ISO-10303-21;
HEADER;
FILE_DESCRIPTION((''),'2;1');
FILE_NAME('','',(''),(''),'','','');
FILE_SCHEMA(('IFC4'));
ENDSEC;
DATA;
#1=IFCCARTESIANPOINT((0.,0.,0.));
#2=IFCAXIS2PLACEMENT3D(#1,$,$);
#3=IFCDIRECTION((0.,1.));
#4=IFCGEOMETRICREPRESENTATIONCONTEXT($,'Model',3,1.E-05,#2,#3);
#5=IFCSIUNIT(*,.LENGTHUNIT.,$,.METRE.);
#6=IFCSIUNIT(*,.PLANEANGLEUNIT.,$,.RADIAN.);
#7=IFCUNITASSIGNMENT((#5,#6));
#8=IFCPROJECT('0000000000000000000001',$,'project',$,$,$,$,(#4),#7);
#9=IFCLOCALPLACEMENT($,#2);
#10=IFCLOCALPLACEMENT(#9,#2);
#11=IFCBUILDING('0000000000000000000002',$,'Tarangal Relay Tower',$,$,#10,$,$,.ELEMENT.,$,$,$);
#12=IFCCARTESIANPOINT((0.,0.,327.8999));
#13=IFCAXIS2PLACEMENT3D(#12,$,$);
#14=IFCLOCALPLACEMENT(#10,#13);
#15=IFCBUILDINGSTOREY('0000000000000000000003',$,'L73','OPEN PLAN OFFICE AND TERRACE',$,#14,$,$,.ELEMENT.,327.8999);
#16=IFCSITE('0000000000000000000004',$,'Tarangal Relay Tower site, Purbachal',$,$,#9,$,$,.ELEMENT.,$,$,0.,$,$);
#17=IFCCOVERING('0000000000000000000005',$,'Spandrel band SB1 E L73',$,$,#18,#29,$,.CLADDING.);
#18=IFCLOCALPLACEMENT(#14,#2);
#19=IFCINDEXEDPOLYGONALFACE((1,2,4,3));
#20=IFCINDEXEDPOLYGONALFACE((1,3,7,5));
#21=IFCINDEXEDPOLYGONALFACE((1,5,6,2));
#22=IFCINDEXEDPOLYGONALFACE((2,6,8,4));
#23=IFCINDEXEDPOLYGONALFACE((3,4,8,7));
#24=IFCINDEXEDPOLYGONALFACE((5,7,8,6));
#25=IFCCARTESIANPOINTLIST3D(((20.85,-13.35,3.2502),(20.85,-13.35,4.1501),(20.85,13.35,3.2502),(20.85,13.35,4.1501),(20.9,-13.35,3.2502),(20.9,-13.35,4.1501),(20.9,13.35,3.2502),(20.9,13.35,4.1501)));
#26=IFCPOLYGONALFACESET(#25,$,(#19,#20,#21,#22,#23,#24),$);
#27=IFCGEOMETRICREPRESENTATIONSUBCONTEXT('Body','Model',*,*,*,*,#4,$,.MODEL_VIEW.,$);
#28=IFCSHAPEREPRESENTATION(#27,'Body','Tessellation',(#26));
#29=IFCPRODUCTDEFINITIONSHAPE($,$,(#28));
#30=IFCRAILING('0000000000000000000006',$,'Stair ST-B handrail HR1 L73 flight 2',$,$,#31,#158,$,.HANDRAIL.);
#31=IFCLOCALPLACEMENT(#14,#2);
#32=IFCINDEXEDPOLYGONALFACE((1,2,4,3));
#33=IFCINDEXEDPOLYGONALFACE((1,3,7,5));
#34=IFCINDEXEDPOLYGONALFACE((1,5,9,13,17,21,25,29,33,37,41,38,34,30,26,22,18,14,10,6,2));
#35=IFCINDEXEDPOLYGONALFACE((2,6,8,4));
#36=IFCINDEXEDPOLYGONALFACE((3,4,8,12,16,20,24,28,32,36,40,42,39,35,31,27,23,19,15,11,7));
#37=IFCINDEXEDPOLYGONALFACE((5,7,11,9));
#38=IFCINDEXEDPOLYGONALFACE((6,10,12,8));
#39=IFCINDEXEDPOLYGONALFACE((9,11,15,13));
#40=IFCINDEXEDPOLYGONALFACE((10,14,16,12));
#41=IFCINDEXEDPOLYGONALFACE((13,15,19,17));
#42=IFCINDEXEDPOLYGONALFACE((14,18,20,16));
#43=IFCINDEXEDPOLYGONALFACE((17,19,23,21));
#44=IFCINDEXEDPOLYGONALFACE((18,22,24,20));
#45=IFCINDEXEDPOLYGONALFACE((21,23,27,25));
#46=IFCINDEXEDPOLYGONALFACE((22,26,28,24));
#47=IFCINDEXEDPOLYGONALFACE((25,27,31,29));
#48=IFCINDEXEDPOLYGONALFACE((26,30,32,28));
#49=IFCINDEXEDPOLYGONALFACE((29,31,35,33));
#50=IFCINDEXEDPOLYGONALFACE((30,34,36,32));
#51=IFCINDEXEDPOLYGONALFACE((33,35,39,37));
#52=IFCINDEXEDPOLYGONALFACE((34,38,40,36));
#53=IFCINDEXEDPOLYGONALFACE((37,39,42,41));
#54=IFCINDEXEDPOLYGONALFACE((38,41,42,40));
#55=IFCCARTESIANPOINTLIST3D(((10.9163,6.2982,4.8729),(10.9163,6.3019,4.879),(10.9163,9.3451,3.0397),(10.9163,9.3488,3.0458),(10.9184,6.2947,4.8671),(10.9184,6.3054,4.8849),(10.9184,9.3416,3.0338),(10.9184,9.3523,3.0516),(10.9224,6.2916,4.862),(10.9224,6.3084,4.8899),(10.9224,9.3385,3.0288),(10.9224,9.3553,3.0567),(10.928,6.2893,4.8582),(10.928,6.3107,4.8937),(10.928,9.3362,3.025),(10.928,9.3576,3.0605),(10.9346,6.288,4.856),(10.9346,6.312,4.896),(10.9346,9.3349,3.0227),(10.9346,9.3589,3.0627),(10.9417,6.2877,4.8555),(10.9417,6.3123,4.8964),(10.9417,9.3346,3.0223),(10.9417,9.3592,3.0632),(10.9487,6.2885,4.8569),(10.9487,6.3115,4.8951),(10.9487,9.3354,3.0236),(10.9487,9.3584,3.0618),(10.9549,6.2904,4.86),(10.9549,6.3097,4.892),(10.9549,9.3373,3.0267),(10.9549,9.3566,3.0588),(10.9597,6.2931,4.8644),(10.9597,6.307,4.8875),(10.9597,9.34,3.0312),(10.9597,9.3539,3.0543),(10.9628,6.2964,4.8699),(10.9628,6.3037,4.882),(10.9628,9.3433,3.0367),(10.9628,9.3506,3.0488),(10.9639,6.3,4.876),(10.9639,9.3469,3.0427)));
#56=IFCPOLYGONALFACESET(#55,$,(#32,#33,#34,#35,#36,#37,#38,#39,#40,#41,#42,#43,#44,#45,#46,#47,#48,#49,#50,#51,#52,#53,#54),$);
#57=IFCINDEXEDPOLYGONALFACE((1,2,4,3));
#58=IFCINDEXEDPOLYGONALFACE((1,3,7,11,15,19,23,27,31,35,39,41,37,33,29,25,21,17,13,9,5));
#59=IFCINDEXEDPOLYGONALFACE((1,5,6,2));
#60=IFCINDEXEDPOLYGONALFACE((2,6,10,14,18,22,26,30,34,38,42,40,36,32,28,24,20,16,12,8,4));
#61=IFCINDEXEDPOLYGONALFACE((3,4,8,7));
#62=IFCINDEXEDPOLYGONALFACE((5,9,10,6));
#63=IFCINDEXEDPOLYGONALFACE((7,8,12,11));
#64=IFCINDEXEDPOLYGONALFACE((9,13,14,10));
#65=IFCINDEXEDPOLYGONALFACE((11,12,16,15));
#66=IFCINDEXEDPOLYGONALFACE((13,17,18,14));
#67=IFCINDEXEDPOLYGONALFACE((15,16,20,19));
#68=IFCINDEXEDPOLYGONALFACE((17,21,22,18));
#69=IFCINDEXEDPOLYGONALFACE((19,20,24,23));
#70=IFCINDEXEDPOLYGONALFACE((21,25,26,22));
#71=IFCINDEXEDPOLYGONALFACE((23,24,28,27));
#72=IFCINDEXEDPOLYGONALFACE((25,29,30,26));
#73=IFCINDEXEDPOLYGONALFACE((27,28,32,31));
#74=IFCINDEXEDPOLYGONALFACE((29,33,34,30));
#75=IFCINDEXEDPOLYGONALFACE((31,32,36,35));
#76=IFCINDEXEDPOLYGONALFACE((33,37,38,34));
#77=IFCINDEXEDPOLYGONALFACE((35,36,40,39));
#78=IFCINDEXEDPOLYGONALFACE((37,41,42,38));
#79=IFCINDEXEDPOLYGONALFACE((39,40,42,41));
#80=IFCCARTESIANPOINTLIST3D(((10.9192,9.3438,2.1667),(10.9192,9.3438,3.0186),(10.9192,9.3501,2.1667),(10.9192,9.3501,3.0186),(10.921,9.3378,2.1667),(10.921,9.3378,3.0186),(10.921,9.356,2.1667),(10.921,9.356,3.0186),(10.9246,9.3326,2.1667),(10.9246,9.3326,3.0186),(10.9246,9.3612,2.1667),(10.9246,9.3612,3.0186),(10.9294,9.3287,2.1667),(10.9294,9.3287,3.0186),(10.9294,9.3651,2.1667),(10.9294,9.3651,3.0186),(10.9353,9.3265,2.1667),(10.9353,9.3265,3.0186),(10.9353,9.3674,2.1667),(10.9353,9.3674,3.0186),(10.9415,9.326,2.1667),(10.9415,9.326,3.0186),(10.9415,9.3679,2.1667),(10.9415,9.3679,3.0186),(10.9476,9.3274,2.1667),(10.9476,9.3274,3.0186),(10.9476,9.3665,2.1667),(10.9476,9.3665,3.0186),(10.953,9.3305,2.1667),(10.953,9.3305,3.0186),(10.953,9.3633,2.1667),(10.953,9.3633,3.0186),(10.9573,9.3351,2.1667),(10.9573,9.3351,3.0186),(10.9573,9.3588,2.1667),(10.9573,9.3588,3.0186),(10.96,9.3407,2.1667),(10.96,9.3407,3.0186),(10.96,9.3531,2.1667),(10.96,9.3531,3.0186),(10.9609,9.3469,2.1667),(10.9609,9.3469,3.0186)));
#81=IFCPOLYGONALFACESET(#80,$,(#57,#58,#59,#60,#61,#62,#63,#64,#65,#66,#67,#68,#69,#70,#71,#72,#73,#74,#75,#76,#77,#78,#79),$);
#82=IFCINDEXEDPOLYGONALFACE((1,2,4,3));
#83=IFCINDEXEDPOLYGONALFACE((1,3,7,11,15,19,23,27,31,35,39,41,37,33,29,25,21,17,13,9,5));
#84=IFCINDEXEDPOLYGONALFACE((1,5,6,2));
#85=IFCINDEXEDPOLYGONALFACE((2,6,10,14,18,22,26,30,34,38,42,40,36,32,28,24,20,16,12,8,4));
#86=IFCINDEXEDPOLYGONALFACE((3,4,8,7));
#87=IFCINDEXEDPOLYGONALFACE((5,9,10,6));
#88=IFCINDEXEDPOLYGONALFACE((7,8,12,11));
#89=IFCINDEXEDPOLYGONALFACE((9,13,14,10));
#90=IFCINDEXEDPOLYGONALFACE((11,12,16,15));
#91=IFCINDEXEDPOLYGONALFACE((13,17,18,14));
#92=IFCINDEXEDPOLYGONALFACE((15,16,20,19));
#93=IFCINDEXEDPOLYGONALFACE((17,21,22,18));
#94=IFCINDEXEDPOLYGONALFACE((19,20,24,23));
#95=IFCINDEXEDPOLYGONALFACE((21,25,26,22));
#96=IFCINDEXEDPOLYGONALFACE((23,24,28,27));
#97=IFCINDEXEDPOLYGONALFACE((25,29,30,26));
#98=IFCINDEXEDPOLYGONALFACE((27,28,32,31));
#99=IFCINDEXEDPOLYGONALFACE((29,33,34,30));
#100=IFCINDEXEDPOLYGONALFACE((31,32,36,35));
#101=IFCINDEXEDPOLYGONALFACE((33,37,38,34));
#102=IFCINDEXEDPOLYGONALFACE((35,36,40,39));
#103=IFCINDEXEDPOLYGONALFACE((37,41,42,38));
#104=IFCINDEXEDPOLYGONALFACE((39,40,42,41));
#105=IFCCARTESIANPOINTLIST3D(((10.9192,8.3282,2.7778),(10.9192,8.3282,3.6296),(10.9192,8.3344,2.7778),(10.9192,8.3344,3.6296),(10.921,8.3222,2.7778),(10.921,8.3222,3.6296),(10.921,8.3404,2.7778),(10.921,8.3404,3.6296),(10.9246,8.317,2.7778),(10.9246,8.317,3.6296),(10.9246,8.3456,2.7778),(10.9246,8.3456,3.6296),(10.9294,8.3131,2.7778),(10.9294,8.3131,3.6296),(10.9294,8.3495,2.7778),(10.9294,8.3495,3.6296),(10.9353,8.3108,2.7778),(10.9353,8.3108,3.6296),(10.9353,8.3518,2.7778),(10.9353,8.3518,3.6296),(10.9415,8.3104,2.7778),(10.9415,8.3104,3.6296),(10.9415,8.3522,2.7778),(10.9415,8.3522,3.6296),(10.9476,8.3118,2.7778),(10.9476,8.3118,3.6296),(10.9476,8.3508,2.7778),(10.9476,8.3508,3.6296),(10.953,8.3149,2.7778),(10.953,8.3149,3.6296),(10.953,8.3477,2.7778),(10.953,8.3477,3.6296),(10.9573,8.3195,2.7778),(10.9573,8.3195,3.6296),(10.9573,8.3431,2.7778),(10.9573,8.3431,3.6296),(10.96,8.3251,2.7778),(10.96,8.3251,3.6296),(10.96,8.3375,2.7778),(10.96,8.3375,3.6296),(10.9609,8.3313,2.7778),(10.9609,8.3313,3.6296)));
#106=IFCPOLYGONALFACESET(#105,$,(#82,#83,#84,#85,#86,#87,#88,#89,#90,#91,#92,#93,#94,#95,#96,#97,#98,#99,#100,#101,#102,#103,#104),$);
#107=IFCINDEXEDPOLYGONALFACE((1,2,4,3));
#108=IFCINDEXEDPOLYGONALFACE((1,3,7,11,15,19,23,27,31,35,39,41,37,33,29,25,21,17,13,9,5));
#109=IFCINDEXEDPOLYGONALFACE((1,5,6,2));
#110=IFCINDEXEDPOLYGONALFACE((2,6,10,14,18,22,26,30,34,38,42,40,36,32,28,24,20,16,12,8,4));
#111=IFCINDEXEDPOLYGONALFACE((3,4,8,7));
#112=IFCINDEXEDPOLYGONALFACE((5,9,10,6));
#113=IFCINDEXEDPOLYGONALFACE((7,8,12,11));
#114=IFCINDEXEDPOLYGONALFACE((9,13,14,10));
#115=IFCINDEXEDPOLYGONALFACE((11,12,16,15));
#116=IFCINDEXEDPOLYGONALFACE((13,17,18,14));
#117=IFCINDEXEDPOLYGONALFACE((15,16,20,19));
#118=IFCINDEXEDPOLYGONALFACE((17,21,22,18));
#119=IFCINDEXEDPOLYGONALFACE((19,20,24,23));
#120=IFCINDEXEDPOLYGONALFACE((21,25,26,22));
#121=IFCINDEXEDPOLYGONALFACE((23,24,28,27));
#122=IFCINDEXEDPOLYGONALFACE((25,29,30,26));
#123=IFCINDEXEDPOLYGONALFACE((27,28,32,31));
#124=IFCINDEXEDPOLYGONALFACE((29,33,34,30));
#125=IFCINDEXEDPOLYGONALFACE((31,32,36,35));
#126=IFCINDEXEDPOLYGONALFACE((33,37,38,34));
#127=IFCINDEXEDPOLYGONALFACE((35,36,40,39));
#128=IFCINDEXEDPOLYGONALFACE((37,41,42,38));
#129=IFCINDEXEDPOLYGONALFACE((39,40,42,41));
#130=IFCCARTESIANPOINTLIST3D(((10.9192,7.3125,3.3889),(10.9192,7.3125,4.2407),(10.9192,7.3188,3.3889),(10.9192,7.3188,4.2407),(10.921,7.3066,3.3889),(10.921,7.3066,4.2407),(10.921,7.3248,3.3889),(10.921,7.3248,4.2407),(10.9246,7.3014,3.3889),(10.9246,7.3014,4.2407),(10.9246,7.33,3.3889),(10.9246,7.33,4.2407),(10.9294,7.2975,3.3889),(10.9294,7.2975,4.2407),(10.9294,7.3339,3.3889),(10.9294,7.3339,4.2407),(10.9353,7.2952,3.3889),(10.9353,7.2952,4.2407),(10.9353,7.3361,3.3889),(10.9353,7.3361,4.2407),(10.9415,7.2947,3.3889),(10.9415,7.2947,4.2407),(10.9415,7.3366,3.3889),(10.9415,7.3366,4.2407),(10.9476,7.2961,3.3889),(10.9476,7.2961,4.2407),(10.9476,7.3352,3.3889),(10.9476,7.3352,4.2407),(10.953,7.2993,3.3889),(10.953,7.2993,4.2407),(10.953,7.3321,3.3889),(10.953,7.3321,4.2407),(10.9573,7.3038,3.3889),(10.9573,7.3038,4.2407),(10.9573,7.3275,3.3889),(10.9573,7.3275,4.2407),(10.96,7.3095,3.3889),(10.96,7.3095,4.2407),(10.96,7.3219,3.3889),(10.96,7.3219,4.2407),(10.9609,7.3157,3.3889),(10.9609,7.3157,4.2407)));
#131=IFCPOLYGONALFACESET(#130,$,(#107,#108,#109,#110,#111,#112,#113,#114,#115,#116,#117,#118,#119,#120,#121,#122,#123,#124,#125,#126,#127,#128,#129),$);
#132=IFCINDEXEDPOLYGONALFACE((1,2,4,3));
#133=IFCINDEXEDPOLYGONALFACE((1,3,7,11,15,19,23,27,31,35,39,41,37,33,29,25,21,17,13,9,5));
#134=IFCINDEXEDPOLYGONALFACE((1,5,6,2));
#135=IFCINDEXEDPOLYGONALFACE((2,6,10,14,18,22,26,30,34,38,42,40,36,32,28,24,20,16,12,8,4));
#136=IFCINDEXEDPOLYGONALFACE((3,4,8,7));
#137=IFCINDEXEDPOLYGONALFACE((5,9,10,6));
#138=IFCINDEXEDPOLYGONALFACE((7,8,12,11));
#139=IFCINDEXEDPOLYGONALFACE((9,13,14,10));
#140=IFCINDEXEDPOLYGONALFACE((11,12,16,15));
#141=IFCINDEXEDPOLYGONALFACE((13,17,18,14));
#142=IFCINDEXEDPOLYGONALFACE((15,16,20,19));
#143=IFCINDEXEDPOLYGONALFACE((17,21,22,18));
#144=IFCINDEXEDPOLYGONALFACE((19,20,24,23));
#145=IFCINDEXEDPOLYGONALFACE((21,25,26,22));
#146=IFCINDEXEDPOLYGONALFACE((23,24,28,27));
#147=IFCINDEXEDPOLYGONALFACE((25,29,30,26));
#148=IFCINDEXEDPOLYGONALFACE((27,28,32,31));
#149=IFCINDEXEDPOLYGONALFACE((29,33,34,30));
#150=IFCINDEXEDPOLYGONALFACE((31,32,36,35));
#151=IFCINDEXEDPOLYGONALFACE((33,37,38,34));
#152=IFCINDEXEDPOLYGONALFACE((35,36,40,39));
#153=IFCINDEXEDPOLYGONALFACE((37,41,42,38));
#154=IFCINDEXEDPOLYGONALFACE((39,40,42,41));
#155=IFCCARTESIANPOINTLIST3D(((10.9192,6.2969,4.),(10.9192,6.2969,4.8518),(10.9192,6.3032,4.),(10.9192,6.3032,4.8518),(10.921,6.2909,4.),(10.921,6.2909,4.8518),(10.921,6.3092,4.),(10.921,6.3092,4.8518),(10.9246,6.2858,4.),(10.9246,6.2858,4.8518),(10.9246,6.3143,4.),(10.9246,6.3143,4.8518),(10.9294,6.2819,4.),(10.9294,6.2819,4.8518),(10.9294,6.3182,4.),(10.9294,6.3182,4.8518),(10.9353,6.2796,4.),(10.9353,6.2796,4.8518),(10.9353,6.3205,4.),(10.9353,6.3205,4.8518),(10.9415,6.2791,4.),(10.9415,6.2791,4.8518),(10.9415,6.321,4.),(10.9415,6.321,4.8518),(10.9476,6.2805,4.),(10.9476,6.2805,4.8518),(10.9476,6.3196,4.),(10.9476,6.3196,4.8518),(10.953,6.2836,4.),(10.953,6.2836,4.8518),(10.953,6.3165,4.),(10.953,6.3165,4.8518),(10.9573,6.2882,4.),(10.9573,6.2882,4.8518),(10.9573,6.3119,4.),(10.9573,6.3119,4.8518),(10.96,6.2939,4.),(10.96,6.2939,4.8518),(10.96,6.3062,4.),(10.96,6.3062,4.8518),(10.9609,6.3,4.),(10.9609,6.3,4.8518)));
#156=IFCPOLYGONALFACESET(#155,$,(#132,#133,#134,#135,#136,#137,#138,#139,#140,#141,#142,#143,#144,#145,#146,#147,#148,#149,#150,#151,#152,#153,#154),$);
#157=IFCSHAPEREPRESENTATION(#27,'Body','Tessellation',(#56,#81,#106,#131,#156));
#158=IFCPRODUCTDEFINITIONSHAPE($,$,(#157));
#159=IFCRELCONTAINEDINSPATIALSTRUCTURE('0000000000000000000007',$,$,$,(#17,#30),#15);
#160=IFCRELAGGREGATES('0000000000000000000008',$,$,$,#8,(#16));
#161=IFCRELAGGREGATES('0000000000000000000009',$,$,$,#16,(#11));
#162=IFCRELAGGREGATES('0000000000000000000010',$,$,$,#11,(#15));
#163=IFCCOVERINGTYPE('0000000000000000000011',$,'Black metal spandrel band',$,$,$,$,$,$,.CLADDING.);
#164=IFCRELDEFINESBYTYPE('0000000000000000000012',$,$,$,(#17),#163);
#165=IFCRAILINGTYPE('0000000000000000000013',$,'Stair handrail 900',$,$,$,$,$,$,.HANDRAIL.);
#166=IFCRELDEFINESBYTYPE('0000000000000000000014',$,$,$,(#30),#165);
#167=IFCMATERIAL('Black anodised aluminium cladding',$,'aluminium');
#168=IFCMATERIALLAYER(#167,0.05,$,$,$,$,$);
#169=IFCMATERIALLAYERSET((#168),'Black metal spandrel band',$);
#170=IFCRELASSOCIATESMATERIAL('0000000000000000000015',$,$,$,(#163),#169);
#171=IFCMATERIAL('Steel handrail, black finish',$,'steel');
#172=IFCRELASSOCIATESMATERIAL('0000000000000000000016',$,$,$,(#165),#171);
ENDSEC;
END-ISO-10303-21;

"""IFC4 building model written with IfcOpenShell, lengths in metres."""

from ifc_helpers import new_model, si_unit, direction, frame, origin, origin_2d, place, context, subcontext, project, spatial, rectangle, circle, extrude, material, layer, layer_set, type_object, element, save


model = new_model("IFC4")

# Units and contexts
model_context = context("Model", 3, precision=1e-05, world=origin(), true_north=direction((0.0, 1.0)))
body_context = subcontext(model_context, "Body", "Model", "MODEL_VIEW")
ifc_project = project(units=[si_unit("LENGTHUNIT", "METRE"), si_unit("PLANEANGLEUNIT", "RADIAN")], contexts=[model_context])

# Site, building, storey
site_placement = place(None, origin())
site = spatial("IfcSite", under=ifc_project, at=site_placement, Name="Tarangal Relay Tower site, Purbachal", CompositionType="ELEMENT", RefElevation=0.0)
building_placement = place(site_placement, origin())
building = spatial("IfcBuilding", under=site, at=building_placement, Name="Tarangal Relay Tower", CompositionType="ELEMENT")
storey_placement = place(building_placement, frame((0.0, 0.0, 327.8999)))
storey = spatial("IfcBuildingStorey", under=building, at=storey_placement, Name="L73", Description="OPEN PLAN OFFICE AND TERRACE", CompositionType="ELEMENT", Elevation=327.8999)

# Covering
ifc_material_1 = material(Name="Black anodised aluminium cladding", Category="aluminium")
ifc_layer_1 = layer(ifc_material_1, 0.05)
ifc_layer_set_1 = layer_set([ifc_layer_1], Name="Black metal spandrel band")
covering_type = type_object("IfcCoveringType", Name="Black metal spandrel band", PredefinedType="CLADDING", material=ifc_layer_set_1)
covering_placement = place(storey_placement, frame((20.875, 0.0, 3.2502), z_axis=(0.0, 0.0, 1.0), x_axis=(0.0, -1.0, 0.0)))
element("IfcCovering", 1, at=covering_placement, inside=storey, type_object=covering_type, Name="Spandrel band SB1 E L73", PredefinedType="CLADDING", context=body_context, shape_type="SweptSolid", body=[
    extrude(rectangle(XDim=26.7, YDim=0.05, at=origin_2d()), origin(), (0.0, 0.0, 1.0), 0.8999),
])

# Railing
ifc_material_2 = material(Name="Steel handrail, black finish", Category="steel")
railing_type = type_object("IfcRailingType", Name="Stair handrail 900", PredefinedType="HANDRAIL", material=ifc_material_2)
railing_placement = place(storey_placement, frame((10.9399, 9.3469, 2.1667)))
element("IfcRailing", 2, at=railing_placement, inside=storey, type_object=railing_type, Name="Stair ST-B handrail HR1 L73 flight 2", PredefinedType="HANDRAIL", context=body_context, shape_type="SweptSolid", body=[
    extrude(circle(Radius=0.0239, at=origin_2d()), frame((0.0, 0.0, 0.876), z_axis=(0.0, -0.856856, 0.515556), x_axis=(1.0, 0.0, 0.0)), (0.0, 0.0, 1.0), 3.5559),
    extrude(circle(Radius=0.021, at=origin_2d()), origin(), (0.0, 0.0, 1.0), 0.8518),
    extrude(circle(Radius=0.021, at=origin_2d()), frame((0.0, -1.0156, 0.6111)), (0.0, 0.0, 1.0), 0.8518),
    extrude(circle(Radius=0.021, at=origin_2d()), frame((0.0, -2.0312, 1.2222)), (0.0, 0.0, 1.0), 0.8518),
    extrude(circle(Radius=0.021, at=origin_2d()), frame((0.0, -3.0469, 1.8333)), (0.0, 0.0, 1.0), 0.8518),
])

save(model, "model.ifc")
